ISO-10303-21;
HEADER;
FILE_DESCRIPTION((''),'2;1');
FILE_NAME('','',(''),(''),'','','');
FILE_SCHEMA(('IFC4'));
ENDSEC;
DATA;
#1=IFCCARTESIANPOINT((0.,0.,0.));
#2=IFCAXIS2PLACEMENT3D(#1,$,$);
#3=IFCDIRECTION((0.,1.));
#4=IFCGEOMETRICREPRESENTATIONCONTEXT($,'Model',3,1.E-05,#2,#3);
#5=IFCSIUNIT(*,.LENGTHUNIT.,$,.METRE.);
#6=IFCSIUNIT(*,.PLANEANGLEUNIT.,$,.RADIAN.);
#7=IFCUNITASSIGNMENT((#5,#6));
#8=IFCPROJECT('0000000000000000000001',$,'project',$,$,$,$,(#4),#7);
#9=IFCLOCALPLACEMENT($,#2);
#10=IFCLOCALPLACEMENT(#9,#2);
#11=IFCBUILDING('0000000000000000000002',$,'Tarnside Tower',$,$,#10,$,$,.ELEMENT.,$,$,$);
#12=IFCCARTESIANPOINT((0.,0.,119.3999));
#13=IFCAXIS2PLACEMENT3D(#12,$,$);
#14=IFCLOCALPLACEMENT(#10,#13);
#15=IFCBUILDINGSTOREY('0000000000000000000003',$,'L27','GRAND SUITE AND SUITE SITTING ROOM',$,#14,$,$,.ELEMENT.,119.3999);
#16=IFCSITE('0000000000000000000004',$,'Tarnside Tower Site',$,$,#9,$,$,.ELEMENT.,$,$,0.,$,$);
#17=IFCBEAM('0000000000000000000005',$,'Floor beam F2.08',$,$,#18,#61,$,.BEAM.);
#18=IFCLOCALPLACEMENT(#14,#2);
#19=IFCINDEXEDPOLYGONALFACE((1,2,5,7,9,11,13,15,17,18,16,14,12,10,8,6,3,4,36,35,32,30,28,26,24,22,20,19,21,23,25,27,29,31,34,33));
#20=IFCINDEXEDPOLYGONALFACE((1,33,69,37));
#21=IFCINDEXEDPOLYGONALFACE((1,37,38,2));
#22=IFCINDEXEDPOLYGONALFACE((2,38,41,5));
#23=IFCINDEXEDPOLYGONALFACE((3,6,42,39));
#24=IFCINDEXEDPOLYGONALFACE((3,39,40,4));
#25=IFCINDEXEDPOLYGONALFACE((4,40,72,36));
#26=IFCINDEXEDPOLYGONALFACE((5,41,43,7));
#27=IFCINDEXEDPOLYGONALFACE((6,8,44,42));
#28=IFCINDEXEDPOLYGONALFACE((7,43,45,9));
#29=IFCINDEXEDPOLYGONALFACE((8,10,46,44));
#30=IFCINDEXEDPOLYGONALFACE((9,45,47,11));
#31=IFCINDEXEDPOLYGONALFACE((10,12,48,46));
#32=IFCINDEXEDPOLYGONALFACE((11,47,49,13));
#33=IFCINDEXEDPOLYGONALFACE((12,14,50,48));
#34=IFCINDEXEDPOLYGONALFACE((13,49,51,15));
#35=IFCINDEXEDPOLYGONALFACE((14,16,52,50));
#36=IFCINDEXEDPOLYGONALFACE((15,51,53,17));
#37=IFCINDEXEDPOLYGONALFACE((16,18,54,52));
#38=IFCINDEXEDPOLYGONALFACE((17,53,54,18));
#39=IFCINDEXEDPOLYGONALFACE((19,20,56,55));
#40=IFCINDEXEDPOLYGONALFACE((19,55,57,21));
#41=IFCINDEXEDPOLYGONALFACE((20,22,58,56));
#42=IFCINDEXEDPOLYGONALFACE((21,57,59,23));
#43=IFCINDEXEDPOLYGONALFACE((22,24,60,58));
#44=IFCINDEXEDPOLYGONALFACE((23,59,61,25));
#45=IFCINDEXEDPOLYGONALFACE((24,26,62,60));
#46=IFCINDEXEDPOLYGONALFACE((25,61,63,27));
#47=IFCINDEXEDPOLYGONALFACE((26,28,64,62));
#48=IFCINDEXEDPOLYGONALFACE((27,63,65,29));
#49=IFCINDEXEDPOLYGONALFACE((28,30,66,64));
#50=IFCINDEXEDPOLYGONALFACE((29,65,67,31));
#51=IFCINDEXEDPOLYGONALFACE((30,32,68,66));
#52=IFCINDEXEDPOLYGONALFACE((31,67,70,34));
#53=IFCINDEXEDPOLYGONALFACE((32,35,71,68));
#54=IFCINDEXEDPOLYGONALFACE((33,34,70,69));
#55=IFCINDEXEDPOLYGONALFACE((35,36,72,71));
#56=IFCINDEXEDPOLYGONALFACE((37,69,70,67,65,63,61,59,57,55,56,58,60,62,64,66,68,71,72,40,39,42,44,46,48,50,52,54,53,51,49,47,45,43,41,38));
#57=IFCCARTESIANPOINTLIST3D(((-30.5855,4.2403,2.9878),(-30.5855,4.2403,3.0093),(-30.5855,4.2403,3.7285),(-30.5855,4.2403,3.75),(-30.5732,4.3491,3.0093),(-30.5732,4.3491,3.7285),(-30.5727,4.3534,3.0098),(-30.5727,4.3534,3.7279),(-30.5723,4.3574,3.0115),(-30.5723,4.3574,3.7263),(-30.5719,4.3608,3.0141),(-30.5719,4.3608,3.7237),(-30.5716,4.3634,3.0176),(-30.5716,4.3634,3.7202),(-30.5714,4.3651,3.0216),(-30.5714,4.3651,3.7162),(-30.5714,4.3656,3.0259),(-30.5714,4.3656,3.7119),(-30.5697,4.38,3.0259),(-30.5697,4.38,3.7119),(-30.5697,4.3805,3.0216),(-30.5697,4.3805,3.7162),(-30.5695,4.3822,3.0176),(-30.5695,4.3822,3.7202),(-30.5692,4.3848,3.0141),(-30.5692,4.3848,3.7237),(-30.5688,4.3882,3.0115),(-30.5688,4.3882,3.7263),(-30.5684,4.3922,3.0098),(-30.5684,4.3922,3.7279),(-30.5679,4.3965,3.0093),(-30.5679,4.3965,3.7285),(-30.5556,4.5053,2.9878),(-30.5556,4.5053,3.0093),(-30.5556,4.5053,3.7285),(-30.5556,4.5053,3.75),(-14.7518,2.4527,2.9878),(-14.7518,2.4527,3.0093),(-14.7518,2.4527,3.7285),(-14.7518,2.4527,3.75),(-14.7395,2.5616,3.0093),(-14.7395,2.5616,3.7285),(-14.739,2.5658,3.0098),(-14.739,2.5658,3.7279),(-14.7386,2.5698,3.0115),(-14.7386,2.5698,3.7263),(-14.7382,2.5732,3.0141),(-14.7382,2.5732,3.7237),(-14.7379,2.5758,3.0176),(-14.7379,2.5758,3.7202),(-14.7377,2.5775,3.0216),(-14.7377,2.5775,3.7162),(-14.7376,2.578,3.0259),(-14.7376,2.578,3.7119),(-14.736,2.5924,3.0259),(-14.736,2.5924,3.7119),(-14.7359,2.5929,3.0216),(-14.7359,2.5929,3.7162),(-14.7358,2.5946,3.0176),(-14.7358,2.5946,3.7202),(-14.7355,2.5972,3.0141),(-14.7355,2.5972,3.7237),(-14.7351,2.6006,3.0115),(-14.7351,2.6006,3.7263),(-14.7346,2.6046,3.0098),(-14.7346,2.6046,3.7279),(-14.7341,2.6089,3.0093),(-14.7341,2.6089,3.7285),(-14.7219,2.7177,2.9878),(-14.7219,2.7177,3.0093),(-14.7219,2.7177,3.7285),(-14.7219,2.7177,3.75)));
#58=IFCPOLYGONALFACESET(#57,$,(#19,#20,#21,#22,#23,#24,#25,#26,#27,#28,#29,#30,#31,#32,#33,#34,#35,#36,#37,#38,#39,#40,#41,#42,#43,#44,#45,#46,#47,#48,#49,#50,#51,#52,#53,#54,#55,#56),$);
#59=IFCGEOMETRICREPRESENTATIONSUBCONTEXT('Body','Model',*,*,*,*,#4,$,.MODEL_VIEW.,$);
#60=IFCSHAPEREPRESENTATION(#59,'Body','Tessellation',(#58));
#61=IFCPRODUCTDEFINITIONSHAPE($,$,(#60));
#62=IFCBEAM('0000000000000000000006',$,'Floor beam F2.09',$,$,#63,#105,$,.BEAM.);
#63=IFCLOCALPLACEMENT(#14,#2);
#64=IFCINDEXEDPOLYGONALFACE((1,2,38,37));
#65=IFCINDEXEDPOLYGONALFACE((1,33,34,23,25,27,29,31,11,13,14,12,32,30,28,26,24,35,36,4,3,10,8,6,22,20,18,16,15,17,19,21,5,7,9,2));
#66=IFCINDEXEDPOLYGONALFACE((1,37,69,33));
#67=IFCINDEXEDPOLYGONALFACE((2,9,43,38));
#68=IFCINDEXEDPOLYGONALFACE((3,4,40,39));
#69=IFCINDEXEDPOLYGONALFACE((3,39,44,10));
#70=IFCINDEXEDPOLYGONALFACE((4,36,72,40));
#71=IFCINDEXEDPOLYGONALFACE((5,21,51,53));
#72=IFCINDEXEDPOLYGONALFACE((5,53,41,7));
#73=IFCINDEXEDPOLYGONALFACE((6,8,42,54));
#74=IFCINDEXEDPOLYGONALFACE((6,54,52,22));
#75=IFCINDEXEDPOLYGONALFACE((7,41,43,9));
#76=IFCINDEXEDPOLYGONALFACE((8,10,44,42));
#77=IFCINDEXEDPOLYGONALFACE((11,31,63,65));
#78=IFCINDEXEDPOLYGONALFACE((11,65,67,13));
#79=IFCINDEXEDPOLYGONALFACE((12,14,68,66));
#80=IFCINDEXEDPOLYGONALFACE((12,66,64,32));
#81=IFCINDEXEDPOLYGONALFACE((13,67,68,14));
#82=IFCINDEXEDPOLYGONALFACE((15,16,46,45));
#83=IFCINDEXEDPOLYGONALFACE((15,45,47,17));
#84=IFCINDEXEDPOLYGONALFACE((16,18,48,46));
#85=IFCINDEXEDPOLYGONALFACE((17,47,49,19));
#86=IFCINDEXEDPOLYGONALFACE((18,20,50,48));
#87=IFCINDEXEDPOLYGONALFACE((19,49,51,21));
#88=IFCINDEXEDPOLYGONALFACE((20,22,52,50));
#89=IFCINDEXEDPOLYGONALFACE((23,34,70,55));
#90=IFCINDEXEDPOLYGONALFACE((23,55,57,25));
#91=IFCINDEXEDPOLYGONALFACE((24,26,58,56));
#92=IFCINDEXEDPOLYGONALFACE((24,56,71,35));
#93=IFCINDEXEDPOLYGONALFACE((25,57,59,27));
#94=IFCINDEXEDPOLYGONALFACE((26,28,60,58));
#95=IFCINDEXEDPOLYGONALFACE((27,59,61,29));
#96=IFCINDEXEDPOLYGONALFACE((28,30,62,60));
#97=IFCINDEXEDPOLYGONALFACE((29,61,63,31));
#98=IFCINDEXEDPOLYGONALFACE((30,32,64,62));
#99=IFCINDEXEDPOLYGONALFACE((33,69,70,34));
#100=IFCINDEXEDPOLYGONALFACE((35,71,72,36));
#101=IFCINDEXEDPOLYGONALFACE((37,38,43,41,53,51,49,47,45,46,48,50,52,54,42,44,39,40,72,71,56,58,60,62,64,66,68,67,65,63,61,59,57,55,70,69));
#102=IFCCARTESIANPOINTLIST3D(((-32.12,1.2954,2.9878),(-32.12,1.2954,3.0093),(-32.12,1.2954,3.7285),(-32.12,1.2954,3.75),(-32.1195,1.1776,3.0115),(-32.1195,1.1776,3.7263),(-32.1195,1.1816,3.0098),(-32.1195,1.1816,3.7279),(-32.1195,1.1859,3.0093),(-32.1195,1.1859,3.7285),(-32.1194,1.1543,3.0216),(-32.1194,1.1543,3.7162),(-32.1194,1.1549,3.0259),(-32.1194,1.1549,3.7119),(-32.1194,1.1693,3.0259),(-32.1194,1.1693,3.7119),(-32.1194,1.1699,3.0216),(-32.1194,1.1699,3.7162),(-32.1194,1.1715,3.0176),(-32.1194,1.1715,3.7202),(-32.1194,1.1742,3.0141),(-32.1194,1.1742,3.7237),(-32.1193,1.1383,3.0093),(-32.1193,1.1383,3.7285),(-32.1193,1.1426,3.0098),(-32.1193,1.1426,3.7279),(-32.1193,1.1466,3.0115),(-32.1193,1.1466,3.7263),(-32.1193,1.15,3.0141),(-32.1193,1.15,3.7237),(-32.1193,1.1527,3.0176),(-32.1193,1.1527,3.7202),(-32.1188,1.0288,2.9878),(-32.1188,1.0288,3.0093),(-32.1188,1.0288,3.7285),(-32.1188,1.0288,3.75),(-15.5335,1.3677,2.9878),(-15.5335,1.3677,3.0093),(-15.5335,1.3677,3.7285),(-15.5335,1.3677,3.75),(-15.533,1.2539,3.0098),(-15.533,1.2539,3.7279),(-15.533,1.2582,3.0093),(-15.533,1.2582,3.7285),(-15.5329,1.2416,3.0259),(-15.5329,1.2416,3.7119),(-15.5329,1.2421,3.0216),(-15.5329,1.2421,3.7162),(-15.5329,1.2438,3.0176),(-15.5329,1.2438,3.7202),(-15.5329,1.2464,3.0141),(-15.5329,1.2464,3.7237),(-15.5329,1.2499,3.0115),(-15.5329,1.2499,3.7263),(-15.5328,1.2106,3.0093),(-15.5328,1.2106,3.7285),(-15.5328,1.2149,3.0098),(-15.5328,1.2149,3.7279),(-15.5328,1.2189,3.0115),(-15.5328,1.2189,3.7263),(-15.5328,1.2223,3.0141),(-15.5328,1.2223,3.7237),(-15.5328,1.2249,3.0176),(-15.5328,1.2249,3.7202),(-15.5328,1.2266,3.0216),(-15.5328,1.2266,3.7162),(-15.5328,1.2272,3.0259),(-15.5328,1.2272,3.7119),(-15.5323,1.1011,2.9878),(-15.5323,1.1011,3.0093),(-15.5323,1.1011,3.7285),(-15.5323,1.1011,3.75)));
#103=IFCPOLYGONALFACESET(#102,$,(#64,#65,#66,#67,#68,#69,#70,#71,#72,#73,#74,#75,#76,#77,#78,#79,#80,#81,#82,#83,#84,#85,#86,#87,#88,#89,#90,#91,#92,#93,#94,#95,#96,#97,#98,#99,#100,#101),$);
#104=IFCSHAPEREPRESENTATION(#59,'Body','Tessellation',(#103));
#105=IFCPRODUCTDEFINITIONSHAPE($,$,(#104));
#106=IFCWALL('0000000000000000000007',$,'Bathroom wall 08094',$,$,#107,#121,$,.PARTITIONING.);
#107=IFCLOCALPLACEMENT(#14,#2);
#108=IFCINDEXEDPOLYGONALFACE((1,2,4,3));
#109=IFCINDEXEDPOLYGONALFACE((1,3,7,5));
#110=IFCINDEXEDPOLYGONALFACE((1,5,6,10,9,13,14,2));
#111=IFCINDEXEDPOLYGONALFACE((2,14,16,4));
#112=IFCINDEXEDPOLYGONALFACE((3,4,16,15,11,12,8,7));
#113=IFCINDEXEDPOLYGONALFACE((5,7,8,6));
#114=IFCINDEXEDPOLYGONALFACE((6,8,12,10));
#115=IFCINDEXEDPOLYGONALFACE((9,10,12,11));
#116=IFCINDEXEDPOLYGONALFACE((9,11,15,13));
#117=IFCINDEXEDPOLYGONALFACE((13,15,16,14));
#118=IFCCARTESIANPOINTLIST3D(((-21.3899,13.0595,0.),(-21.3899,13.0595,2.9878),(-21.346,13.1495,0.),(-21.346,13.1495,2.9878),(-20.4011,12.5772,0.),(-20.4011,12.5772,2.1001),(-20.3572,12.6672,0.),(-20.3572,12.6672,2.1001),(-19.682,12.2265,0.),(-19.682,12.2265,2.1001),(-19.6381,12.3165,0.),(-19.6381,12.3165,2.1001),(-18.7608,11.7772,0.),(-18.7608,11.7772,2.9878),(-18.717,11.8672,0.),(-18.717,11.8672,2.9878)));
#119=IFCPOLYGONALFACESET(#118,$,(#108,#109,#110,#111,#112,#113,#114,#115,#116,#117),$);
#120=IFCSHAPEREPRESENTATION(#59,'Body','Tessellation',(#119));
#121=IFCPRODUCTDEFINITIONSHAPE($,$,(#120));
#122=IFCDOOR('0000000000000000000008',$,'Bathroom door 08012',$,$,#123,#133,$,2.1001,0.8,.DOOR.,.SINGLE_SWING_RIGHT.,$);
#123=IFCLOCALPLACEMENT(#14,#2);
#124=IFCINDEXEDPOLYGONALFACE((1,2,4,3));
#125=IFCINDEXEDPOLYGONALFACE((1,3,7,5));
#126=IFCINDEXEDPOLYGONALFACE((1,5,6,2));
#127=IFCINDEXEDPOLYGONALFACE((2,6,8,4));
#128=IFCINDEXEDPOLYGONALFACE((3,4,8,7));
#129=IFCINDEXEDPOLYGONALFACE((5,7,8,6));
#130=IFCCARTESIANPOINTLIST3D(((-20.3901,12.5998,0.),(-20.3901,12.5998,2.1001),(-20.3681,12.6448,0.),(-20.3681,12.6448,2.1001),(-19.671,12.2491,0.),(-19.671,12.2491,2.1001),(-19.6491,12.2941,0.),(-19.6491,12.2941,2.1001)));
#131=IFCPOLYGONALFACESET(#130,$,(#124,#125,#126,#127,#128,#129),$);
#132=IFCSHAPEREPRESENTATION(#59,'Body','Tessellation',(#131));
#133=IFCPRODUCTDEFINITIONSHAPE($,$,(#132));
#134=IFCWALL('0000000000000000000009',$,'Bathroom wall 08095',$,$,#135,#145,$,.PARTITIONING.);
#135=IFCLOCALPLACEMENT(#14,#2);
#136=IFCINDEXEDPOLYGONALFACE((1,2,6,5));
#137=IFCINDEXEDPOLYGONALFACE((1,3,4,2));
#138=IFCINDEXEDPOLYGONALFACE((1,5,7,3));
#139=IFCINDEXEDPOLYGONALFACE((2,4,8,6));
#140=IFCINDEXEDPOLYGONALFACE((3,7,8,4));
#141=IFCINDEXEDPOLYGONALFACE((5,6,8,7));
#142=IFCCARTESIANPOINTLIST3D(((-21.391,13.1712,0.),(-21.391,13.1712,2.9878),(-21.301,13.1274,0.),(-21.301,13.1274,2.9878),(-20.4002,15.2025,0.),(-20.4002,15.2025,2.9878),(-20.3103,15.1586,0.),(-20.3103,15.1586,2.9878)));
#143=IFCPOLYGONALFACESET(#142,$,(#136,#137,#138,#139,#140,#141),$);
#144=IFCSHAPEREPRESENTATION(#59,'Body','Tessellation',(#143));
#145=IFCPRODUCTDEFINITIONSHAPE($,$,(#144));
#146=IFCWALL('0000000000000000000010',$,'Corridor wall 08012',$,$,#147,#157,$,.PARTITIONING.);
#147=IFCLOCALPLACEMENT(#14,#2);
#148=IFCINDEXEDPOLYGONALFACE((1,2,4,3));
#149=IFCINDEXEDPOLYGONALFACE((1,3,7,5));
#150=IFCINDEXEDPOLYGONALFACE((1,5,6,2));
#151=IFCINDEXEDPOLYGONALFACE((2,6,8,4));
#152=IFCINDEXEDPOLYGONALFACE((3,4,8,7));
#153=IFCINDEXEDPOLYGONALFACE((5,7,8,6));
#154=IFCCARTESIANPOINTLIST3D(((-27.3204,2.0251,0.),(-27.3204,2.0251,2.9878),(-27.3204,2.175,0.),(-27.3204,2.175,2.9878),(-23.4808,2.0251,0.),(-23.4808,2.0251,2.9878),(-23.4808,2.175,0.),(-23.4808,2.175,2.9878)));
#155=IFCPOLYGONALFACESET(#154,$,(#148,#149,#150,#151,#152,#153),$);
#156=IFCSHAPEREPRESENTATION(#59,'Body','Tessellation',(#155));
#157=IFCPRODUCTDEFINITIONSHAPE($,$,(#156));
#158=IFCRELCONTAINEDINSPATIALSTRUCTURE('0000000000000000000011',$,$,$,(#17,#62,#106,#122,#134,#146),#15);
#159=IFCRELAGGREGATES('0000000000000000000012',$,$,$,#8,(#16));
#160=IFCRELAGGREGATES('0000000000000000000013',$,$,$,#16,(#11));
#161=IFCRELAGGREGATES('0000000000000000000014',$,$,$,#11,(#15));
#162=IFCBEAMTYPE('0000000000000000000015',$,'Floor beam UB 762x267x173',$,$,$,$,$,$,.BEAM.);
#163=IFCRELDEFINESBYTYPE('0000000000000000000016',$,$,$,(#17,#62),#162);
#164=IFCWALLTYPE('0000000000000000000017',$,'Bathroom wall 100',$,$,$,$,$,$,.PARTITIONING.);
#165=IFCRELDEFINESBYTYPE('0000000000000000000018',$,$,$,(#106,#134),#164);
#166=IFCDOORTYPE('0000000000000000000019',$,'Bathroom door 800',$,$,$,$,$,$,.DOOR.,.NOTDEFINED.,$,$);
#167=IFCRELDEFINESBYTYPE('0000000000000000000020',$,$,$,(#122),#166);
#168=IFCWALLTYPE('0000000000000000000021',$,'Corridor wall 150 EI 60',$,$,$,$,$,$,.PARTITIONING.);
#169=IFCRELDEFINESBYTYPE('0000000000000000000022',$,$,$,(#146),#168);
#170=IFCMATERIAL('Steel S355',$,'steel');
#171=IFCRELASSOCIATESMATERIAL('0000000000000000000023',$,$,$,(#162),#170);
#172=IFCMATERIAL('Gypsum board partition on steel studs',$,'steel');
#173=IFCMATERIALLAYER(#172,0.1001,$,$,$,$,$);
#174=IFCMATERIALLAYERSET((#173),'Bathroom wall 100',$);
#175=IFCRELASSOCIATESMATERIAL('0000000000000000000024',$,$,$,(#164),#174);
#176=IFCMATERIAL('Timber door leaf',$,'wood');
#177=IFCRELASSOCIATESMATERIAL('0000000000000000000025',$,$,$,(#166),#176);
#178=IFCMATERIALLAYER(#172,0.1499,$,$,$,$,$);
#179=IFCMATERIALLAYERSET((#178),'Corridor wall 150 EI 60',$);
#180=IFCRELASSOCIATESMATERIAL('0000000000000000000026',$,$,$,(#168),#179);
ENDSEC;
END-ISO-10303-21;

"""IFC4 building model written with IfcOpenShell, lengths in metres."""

from ifc_helpers import new_model, si_unit, direction, frame, frame_2d, origin, origin_2d, place, context, subcontext, project, spatial, rectangle, i_section, extrude, material, layer, layer_set, material_profile, profile_set, type_object, element, fill, save


model = new_model("IFC4")

# Units and contexts
model_context = context("Model", 3, precision=1e-05, world=origin(), true_north=direction((0.0, 1.0)))
body_context = subcontext(model_context, "Body", "Model", "MODEL_VIEW")
ifc_project = project(units=[si_unit("LENGTHUNIT", "METRE"), si_unit("PLANEANGLEUNIT", "RADIAN")], contexts=[model_context])

# Site, building, storey
site_placement = place(None, origin())
site = spatial("IfcSite", under=ifc_project, at=site_placement, Name="Tarnside Tower Site", CompositionType="ELEMENT", RefElevation=0.0)
building_placement = place(site_placement, origin())
building = spatial("IfcBuilding", under=site, at=building_placement, Name="Tarnside Tower", CompositionType="ELEMENT")
storey_placement = place(building_placement, frame((0.0, 0.0, 119.3999)))
storey = spatial("IfcBuildingStorey", under=building, at=storey_placement, Name="L27", Description="GRAND SUITE AND SUITE SITTING ROOM", CompositionType="ELEMENT", Elevation=119.3999)

# Beams
ifc_material_1 = material(Name="Steel S355", Category="steel")
ifc_material_profile_1 = material_profile(ifc_material_1, i_section(OverallWidth=0.2666, OverallDepth=0.7622, WebThickness=0.0144, FlangeThickness=0.0215, FilletRadius=0.0166, at=origin_2d()), Name="UB 762x267x173")
ifc_profile_set_1 = profile_set([ifc_material_profile_1], Name="Steel S355")
beam_type_1 = type_object("IfcBeamType", Name="Floor beam UB 762x267x173", PredefinedType="BEAM", material=ifc_profile_set_1)
beam_1_placement = place(storey_placement, frame((-30.5706, 4.3728, 3.3689), z_axis=(0.993687, -0.112185, 0.0), x_axis=(0.112185, 0.993687, 0.0)))
element("IfcBeam", 1, at=beam_1_placement, inside=storey, type_object=beam_type_1, Name="Floor beam F2.08", PredefinedType="BEAM", context=body_context, shape_type="SweptSolid", body=[
    extrude(i_section(OverallWidth=0.2666, OverallDepth=0.7622, WebThickness=0.0144, FlangeThickness=0.0215, FilletRadius=0.0166, at=origin_2d()), origin(), (0.0, 0.0, 1.0), 15.9343),
])
beam_2_placement = place(storey_placement, frame((-32.1194, 1.1621, 3.3689), z_axis=(0.999991, 0.004357, 0.0), x_axis=(-0.004357, 0.999991, 0.0)))
element("IfcBeam", 2, at=beam_2_placement, inside=storey, type_object=beam_type_1, Name="Floor beam F2.09", PredefinedType="BEAM", context=body_context, shape_type="SweptSolid", body=[
    extrude(i_section(OverallWidth=0.2666, OverallDepth=0.7622, WebThickness=0.0144, FlangeThickness=0.0215, FilletRadius=0.0166, at=origin_2d()), origin(), (0.0, 0.0, 1.0), 16.5867),
])

# Wall, opening, door
ifc_material_2 = material(Name="Gypsum board partition on steel studs", Category="steel")
ifc_layer_1 = layer(ifc_material_2, 0.1001)
ifc_layer_set_1 = layer_set([ifc_layer_1], Name="Bathroom wall 100")
wall_type_1 = type_object("IfcWallType", Name="Bathroom wall 100", PredefinedType="PARTITIONING", material=ifc_layer_set_1)
wall_1_placement = place(storey_placement, frame((-18.739, 11.8223, 0.0), z_axis=(0.0, 0.0, 1.0), x_axis=(-0.898791, 0.438378, 0.0)))
wall_1 = element("IfcWall", 3, at=wall_1_placement, inside=storey, type_object=wall_type_1, Name="Bathroom wall 08094", PredefinedType="PARTITIONING", context=body_context, shape_type="SweptSolid", body=[
    extrude(rectangle(XDim=2.925, YDim=0.1001, at=frame_2d((1.4624, 0.0))), origin(), (0.0, 0.0, 1.0), 2.9878),
])
opening_1_placement = place(wall_1_placement, frame((1.0249, 0.0, 0.0)))
opening_1 = element("IfcOpeningElement", 4, at=opening_1_placement, cuts=wall_1, PredefinedType="OPENING", context=body_context, shape_type="SweptSolid", body=[
    extrude(rectangle(XDim=0.8, YDim=2.1001, at=frame_2d((0.3999, 1.05))), frame((0.0, 0.0601, 0.0), z_axis=(0.0, -1.0, 0.0), x_axis=(1.0, 0.0, 0.0)), (0.0, 0.0, 1.0), 0.1201),
])
ifc_material_3 = material(Name="Timber door leaf", Category="wood")
door_type_1 = type_object("IfcDoorType", Name="Bathroom door 800", OperationType="NOTDEFINED", PredefinedType="DOOR", material=ifc_material_3)
door_1_placement = place(opening_1_placement, origin())
door_1 = element("IfcDoor", 5, at=door_1_placement, inside=storey, type_object=door_type_1, Name="Bathroom door 08012", OperationType="SINGLE_SWING_RIGHT", OverallHeight=2.1001, OverallWidth=0.8, PredefinedType="DOOR", context=body_context, shape_type="SweptSolid", body=[
    extrude(rectangle(XDim=0.8, YDim=2.1001, at=frame_2d((0.3999, 1.05))), frame((0.0, 0.0249, 0.0), z_axis=(0.0, -1.0, 0.0), x_axis=(1.0, 0.0, 0.0)), (0.0, 0.0, 1.0), 0.05),
])
fill(opening_1, door_1)

# Walls
wall_2_placement = place(storey_placement, frame((-21.3459, 13.1494, 0.0), z_axis=(0.0, 0.0, 1.0), x_axis=(0.438377, 0.898791, 0.0)))
element("IfcWall", 6, at=wall_2_placement, inside=storey, type_object=wall_type_1, Name="Bathroom wall 08095", PredefinedType="PARTITIONING", context=body_context, shape_type="SweptSolid", body=[
    extrude(rectangle(XDim=2.26, YDim=0.1001, at=frame_2d((1.1299, 0.0))), origin(), (0.0, 0.0, 1.0), 2.9878),
])
ifc_layer_2 = layer(ifc_material_2, 0.1499)
ifc_layer_set_2 = layer_set([ifc_layer_2], Name="Corridor wall 150 EI 60")
wall_type_2 = type_object("IfcWallType", Name="Corridor wall 150 EI 60", PredefinedType="PARTITIONING", material=ifc_layer_set_2)
wall_3_placement = place(storey_placement, frame((-23.4807, 2.1001, 0.0), z_axis=(0.0, 0.0, 1.0), x_axis=(-1.0, 0.0, 0.0)))
element("IfcWall", 7, at=wall_3_placement, inside=storey, type_object=wall_type_2, Name="Corridor wall 08012", PredefinedType="PARTITIONING", context=body_context, shape_type="SweptSolid", body=[
    extrude(rectangle(XDim=3.8396, YDim=0.1499, at=frame_2d((1.9199, 0.0))), origin(), (0.0, 0.0, 1.0), 2.9878),
])

save(model, "model.ifc")
